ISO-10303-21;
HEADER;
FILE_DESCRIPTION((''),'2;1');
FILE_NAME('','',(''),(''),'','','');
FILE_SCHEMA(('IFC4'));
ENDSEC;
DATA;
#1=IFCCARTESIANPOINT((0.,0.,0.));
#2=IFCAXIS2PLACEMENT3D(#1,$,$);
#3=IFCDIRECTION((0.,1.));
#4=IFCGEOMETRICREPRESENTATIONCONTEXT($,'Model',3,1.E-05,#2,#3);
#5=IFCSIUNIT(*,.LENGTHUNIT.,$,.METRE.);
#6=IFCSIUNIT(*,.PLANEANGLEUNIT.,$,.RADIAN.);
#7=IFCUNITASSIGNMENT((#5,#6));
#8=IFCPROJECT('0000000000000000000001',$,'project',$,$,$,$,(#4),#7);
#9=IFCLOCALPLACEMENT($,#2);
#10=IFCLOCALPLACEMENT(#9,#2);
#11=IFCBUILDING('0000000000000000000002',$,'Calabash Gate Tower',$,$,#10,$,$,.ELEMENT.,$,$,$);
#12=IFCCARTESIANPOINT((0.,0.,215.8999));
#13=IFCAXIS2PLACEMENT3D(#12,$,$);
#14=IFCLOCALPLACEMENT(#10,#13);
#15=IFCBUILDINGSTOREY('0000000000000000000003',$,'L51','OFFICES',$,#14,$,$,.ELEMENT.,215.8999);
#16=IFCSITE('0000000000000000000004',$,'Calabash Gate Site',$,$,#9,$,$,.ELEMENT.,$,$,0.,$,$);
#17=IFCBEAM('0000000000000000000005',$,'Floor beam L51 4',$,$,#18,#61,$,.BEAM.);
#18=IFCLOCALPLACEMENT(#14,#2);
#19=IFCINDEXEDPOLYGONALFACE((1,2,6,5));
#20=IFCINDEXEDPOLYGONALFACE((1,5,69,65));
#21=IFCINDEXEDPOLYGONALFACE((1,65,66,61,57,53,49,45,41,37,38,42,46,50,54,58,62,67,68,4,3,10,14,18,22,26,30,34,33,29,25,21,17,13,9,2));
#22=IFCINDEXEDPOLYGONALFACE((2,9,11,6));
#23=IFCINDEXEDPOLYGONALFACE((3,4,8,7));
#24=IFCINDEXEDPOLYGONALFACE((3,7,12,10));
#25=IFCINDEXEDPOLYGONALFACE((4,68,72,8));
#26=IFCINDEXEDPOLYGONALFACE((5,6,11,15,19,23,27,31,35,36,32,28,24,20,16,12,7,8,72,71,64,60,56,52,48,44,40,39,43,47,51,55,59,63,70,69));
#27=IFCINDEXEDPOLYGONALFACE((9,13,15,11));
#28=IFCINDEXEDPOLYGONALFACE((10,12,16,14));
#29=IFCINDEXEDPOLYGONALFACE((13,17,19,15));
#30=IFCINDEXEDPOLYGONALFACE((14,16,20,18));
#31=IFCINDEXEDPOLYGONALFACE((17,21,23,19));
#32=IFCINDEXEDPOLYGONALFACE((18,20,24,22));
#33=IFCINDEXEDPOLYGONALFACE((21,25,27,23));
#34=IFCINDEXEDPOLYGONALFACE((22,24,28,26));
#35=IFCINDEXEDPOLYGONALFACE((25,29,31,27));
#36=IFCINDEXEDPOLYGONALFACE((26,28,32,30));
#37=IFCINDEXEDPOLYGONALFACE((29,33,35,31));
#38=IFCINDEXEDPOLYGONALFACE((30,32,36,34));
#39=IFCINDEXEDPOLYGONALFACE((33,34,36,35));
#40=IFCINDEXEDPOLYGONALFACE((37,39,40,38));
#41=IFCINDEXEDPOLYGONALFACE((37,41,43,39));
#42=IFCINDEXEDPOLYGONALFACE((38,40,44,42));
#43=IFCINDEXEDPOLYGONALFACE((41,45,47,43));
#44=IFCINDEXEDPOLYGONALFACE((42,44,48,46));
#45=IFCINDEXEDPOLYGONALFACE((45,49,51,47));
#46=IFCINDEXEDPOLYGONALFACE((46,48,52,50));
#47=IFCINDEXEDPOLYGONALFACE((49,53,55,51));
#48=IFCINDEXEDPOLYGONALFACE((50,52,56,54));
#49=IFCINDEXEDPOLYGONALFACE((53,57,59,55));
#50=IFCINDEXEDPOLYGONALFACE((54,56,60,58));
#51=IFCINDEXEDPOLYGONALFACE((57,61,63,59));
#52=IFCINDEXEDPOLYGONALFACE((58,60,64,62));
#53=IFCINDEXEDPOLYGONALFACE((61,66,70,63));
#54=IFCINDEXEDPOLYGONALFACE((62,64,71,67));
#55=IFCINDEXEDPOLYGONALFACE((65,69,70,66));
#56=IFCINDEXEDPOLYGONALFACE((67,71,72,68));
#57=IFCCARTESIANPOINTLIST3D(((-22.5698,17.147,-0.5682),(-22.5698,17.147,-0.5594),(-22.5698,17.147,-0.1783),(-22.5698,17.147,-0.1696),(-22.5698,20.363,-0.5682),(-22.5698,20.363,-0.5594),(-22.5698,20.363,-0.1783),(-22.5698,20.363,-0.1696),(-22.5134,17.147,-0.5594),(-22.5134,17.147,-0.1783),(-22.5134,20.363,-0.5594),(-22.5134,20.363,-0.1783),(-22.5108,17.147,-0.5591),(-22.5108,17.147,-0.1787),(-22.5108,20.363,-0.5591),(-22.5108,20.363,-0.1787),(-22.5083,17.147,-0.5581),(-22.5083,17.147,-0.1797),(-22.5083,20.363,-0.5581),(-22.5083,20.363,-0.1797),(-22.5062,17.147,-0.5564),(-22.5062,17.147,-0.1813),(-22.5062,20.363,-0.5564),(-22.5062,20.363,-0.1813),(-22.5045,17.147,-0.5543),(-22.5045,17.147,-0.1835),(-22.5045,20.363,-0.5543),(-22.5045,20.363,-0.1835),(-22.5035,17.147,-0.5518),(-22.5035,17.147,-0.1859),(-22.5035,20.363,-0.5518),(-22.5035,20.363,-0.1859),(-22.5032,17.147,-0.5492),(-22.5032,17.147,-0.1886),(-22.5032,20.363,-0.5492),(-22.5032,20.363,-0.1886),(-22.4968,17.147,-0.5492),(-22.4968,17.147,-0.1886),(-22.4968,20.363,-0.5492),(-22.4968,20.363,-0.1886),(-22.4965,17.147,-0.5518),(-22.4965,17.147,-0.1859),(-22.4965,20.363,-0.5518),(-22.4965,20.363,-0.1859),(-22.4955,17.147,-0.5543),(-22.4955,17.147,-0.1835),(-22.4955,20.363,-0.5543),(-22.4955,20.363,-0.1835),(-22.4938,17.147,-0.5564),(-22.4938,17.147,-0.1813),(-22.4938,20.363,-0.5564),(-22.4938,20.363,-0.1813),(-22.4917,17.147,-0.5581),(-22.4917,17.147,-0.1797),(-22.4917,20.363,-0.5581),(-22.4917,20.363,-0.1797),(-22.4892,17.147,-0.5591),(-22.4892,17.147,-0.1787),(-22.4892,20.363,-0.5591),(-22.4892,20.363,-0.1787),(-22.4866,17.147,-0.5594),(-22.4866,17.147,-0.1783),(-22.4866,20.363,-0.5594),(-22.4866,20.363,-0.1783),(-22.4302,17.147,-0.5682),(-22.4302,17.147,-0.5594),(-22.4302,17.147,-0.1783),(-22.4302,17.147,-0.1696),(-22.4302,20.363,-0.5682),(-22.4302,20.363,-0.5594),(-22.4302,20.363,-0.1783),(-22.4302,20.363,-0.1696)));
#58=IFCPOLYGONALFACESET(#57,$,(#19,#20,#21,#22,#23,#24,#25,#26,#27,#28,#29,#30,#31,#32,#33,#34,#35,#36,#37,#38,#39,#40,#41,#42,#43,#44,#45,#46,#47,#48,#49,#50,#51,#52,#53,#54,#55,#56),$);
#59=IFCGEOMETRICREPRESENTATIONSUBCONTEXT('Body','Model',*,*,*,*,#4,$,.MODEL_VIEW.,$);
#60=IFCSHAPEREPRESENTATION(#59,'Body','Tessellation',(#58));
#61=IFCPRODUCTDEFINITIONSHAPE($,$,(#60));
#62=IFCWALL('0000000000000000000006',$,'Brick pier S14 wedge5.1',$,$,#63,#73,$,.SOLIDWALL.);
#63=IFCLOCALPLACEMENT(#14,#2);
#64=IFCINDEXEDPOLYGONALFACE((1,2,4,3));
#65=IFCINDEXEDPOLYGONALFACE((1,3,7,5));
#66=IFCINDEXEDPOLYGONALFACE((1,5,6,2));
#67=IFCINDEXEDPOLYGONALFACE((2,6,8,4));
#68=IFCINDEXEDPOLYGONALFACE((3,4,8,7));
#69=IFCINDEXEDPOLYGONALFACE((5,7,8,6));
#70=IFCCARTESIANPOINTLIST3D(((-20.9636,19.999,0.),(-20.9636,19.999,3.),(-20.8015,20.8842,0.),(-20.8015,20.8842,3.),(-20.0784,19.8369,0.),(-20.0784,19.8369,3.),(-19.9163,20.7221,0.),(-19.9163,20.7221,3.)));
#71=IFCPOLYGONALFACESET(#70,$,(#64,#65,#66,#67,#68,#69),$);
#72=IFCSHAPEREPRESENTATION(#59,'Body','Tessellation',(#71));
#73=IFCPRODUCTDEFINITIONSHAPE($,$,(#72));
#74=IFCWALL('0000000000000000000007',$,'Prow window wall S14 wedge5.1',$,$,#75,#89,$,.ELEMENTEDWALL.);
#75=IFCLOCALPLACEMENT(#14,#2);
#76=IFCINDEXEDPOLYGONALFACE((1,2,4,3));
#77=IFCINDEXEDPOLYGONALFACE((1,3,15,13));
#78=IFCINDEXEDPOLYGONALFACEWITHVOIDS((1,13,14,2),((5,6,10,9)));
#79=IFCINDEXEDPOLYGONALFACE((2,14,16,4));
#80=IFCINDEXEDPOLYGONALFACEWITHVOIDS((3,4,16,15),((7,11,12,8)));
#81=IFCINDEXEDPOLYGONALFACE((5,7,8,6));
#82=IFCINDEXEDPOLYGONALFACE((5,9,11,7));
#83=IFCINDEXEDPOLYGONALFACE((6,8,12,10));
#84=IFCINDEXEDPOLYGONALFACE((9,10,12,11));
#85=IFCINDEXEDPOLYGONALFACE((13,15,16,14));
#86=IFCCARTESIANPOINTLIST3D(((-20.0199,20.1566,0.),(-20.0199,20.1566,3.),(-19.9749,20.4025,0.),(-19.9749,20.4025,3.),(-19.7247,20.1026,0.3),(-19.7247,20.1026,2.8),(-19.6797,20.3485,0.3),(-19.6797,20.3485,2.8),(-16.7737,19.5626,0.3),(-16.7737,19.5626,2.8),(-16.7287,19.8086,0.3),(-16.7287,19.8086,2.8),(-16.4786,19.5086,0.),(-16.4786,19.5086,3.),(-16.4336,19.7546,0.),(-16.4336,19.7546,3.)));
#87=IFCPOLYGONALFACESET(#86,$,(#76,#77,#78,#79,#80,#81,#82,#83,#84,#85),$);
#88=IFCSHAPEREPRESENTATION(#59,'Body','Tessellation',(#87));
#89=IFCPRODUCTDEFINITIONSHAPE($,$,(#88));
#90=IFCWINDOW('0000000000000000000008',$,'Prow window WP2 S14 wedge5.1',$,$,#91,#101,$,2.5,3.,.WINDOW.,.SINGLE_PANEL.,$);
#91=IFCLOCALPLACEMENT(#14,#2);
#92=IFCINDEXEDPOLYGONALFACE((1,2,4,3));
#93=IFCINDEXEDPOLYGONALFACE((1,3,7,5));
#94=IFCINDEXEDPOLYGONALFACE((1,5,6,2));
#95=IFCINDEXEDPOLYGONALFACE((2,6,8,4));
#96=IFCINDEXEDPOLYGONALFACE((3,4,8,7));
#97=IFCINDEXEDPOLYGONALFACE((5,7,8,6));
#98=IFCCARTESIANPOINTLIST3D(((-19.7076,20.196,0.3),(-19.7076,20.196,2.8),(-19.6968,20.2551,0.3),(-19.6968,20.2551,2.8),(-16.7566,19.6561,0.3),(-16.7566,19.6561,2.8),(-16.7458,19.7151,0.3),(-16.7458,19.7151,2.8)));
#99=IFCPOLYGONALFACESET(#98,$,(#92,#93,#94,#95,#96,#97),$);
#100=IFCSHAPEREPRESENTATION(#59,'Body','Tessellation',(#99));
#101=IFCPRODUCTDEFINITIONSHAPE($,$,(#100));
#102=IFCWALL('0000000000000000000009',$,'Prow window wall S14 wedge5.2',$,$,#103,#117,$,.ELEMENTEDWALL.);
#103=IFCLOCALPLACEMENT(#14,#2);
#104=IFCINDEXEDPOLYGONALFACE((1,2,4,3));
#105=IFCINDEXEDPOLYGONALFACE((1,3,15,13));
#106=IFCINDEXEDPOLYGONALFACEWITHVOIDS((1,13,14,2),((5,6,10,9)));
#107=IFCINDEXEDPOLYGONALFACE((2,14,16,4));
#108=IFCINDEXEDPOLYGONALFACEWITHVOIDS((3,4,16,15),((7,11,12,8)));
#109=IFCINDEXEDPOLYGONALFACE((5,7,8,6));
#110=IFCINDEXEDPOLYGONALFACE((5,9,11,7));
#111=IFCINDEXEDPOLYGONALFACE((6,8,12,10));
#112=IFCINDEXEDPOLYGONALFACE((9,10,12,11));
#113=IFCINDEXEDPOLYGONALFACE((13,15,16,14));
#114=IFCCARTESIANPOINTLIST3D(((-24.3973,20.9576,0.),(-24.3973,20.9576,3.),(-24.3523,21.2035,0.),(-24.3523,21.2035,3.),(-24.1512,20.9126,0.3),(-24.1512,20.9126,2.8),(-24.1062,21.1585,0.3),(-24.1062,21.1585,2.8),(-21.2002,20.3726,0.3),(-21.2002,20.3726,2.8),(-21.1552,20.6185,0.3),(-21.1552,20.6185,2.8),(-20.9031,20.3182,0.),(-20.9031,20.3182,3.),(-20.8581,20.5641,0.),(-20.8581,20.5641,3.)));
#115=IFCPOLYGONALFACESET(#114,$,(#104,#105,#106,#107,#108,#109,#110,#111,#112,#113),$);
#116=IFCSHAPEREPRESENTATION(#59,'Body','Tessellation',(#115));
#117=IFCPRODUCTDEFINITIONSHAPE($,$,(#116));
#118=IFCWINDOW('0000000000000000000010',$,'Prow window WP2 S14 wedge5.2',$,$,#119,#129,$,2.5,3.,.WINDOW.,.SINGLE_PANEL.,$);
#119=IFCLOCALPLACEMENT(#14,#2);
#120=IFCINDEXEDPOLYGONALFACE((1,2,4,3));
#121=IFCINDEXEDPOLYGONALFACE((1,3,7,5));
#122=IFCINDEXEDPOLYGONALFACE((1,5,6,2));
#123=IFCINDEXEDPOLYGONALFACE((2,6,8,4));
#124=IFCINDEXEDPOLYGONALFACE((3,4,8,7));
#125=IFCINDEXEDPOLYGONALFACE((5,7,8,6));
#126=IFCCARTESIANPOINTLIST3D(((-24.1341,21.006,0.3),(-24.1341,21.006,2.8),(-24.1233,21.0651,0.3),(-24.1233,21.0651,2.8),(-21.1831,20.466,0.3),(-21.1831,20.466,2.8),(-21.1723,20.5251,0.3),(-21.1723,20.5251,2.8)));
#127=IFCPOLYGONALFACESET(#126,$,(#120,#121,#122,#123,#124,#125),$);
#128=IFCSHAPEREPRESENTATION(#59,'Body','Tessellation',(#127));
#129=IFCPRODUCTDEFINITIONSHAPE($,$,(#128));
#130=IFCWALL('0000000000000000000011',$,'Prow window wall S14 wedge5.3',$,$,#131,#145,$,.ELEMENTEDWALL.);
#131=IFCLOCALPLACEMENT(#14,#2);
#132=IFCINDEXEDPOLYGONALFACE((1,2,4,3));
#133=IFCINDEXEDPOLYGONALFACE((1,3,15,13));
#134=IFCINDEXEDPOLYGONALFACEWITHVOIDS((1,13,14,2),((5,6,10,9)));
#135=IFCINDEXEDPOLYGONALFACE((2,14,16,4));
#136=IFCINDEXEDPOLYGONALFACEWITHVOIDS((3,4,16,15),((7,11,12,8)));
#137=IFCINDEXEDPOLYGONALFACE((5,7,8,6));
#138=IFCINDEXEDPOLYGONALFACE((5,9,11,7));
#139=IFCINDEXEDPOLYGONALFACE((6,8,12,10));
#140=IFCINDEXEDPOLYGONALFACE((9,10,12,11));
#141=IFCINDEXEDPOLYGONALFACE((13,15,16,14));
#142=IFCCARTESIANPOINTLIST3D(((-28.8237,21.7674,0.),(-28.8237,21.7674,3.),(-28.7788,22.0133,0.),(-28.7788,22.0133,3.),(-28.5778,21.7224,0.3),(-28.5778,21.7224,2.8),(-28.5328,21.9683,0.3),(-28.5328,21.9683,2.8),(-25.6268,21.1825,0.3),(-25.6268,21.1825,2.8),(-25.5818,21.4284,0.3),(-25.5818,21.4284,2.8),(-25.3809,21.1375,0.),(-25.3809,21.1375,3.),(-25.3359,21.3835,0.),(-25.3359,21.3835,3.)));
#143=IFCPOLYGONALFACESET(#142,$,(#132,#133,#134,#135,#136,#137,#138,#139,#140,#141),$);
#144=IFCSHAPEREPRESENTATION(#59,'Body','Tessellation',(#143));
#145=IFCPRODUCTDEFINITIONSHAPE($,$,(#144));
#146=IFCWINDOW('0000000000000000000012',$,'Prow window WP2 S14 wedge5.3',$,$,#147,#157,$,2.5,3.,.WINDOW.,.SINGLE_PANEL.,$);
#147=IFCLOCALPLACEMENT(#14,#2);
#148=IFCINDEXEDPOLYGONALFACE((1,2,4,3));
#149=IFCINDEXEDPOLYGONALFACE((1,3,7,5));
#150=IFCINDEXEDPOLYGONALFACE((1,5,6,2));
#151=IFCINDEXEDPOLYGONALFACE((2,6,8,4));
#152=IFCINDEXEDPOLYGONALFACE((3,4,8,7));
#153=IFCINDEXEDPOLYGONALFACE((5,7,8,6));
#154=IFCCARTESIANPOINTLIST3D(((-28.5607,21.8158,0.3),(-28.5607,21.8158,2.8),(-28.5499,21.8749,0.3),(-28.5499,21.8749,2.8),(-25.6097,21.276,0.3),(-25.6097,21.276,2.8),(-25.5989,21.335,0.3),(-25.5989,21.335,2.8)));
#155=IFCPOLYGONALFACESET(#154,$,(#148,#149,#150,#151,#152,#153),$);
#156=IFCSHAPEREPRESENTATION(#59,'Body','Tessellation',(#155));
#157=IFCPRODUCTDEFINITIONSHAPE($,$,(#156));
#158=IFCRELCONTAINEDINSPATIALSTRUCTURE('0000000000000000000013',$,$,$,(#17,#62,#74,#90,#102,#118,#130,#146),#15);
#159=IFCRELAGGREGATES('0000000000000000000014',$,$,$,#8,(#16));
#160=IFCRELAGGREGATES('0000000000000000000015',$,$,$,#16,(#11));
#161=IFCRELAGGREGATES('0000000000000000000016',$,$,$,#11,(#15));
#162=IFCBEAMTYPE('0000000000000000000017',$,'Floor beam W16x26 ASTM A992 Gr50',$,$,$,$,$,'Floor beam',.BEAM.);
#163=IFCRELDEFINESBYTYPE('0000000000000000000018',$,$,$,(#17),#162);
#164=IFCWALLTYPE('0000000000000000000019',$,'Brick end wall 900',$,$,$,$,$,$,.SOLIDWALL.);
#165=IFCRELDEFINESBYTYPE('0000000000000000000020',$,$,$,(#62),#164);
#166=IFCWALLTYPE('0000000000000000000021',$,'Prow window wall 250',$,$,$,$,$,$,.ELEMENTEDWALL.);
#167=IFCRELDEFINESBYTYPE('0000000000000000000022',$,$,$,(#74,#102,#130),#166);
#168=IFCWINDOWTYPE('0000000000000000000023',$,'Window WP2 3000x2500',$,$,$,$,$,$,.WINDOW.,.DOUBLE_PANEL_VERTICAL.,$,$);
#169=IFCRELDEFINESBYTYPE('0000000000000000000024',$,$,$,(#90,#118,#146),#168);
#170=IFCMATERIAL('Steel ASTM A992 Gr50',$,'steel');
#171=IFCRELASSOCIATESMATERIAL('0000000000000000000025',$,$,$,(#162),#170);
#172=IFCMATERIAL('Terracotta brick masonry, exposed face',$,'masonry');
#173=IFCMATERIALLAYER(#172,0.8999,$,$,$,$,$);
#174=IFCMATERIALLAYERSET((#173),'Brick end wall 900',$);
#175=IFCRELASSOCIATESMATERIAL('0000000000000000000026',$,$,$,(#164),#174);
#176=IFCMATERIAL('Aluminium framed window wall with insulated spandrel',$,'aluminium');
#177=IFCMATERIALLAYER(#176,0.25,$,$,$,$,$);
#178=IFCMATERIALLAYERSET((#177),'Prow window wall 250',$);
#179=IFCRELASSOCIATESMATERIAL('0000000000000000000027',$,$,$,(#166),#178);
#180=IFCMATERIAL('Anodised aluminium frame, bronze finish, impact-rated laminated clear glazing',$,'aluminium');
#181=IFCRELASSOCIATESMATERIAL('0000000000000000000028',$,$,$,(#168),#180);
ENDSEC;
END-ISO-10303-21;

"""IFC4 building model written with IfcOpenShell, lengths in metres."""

from ifc_helpers import new_model, si_unit, direction, frame, frame_2d, origin, origin_2d, place, context, subcontext, project, spatial, rectangle, i_section, extrude, material, layer, layer_set, material_profile, profile_set, type_object, element, fill, save


model = new_model("IFC4")

# Units and contexts
model_context = context("Model", 3, precision=1e-05, world=origin(), true_north=direction((0.0, 1.0)))
body_context = subcontext(model_context, "Body", "Model", "MODEL_VIEW")
ifc_project = project(units=[si_unit("LENGTHUNIT", "METRE"), si_unit("PLANEANGLEUNIT", "RADIAN")], contexts=[model_context])

# Site, building, storey
site_placement = place(None, origin())
site = spatial("IfcSite", under=ifc_project, at=site_placement, Name="Calabash Gate Site", CompositionType="ELEMENT", RefElevation=0.0)
building_placement = place(site_placement, origin())
building = spatial("IfcBuilding", under=site, at=building_placement, Name="Calabash Gate Tower", CompositionType="ELEMENT")
storey_placement = place(building_placement, frame((0.0, 0.0, 215.8999)))
storey = spatial("IfcBuildingStorey", under=building, at=storey_placement, Name="L51", Description="OFFICES", CompositionType="ELEMENT", Elevation=215.8999)

# Beam
ifc_material_1 = material(Name="Steel ASTM A992 Gr50", Category="steel")
ifc_material_profile_1 = material_profile(ifc_material_1, i_section(OverallWidth=0.1396, OverallDepth=0.3987, WebThickness=0.0063, FlangeThickness=0.0088, FilletRadius=0.0103, at=origin_2d()))
ifc_profile_set_1 = profile_set([ifc_material_profile_1], Name="Steel ASTM A992 Gr50")
beam_type_1 = type_object("IfcBeamType", Name="Floor beam W16x26 ASTM A992 Gr50", ElementType="Floor beam", PredefinedType="BEAM", material=ifc_profile_set_1)
beam_1_placement = place(storey_placement, frame((-22.5, 17.147, -0.3689), z_axis=(0.0, 1.0, 0.0), x_axis=(-1.0, 0.0, 0.0)))
element("IfcBeam", 1, at=beam_1_placement, inside=storey, type_object=beam_type_1, Name="Floor beam L51 4", PredefinedType="BEAM", context=body_context, shape_type="SweptSolid", body=[
    extrude(i_section(OverallWidth=0.1396, OverallDepth=0.3987, WebThickness=0.0063, FlangeThickness=0.0088, FilletRadius=0.0103, at=origin_2d()), origin(), (0.0, 0.0, 1.0), 3.2161),
])

# Wall
ifc_material_2 = material(Name="Terracotta brick masonry, exposed face", Category="masonry")
ifc_layer_1 = layer(ifc_material_2, 0.8999)
ifc_layer_set_1 = layer_set([ifc_layer_1], Name="Brick end wall 900")
wall_type_1 = type_object("IfcWallType", Name="Brick end wall 900", PredefinedType="SOLIDWALL", material=ifc_layer_set_1)
wall_1_placement = place(storey_placement, frame((-20.521, 19.918, 0.0), z_axis=(0.0, 0.0, 1.0), x_axis=(0.180127, 0.983643, 0.0)))
element("IfcWall", 2, at=wall_1_placement, inside=storey, type_object=wall_type_1, Name="Brick pier S14 wedge5.1", PredefinedType="SOLIDWALL", context=body_context, shape_type="SweptSolid", body=[
    extrude(rectangle(XDim=0.8999, YDim=0.8999, at=frame_2d((0.45, 0.0))), origin(), (0.0, 0.0, 1.0), 3.0),
])

# Walls, openings, windows
ifc_material_3 = material(Name="Aluminium framed window wall with insulated spandrel", Category="aluminium")
ifc_layer_2 = layer(ifc_material_3, 0.25)
ifc_layer_set_2 = layer_set([ifc_layer_2], Name="Prow window wall 250")
wall_type_2 = type_object("IfcWallType", Name="Prow window wall 250", PredefinedType="ELEMENTEDWALL", material=ifc_layer_set_2)
wall_2_placement = place(storey_placement, frame((-16.4561, 19.6316, 0.0), z_axis=(0.0, 0.0, 1.0), x_axis=(-0.98367, 0.179983, 0.0)))
wall_2 = element("IfcWall", 3, at=wall_2_placement, inside=storey, type_object=wall_type_2, Name="Prow window wall S14 wedge5.1", PredefinedType="ELEMENTEDWALL", context=body_context, shape_type="SweptSolid", body=[
    extrude(rectangle(XDim=3.6001, YDim=0.25, at=frame_2d((1.8, 0.0))), origin(), (0.0, 0.0, 1.0), 3.0),
])
opening_1_placement = place(wall_2_placement, frame((0.3, 0.0, 0.3)))
opening_1 = element("IfcOpeningElement", 4, at=opening_1_placement, cuts=wall_2, PredefinedType="OPENING", context=body_context, shape_type="SweptSolid", body=[
    extrude(rectangle(XDim=3.0, YDim=2.5, at=frame_2d((1.5, 1.25))), frame((0.0, 0.135, 0.0), z_axis=(0.0, -1.0, 0.0), x_axis=(1.0, 0.0, 0.0)), (0.0, 0.0, 1.0), 0.27),
])
ifc_material_4 = material(Name="Anodised aluminium frame, bronze finish, impact-rated laminated clear glazing", Category="aluminium")
window_type = type_object("IfcWindowType", Name="Window WP2 3000x2500", PartitioningType="DOUBLE_PANEL_VERTICAL", PredefinedType="WINDOW", material=ifc_material_4)
window_1_placement = place(opening_1_placement, origin())
window_1 = element("IfcWindow", 5, at=window_1_placement, inside=storey, type_object=window_type, Name="Prow window WP2 S14 wedge5.1", OverallHeight=2.5, OverallWidth=3.0, PartitioningType="SINGLE_PANEL", PredefinedType="WINDOW", context=body_context, shape_type="SweptSolid", body=[
    extrude(rectangle(XDim=3.0, YDim=2.5, at=frame_2d((1.5, 1.25))), frame((0.0, 0.03, 0.0), z_axis=(0.0, -1.0, 0.0), x_axis=(1.0, 0.0, 0.0)), (0.0, 0.0, 1.0), 0.0601),
])
fill(opening_1, window_1)
wall_3_placement = place(storey_placement, frame((-20.8806, 20.4412, 0.0), z_axis=(0.0, 0.0, 1.0), x_axis=(-0.983666, 0.180004, 0.0)))
wall_3 = element("IfcWall", 6, at=wall_3_placement, inside=storey, type_object=wall_type_2, Name="Prow window wall S14 wedge5.2", PredefinedType="ELEMENTEDWALL", context=body_context, shape_type="SweptSolid", body=[
    extrude(rectangle(XDim=3.5522, YDim=0.25, at=frame_2d((1.7761, 0.0))), origin(), (0.0, 0.0, 1.0), 3.0),
])
opening_2_placement = place(wall_3_placement, frame((0.302, 0.0, 0.3)))
opening_2 = element("IfcOpeningElement", 7, at=opening_2_placement, cuts=wall_3, PredefinedType="OPENING", context=body_context, shape_type="SweptSolid", body=[
    extrude(rectangle(XDim=3.0, YDim=2.5, at=frame_2d((1.5, 1.25))), frame((0.0, 0.135, 0.0), z_axis=(0.0, -1.0, 0.0), x_axis=(1.0, 0.0, 0.0)), (0.0, 0.0, 1.0), 0.27),
])
window_2_placement = place(opening_2_placement, origin())
window_2 = element("IfcWindow", 8, at=window_2_placement, inside=storey, type_object=window_type, Name="Prow window WP2 S14 wedge5.2", OverallHeight=2.5, OverallWidth=3.0, PartitioningType="SINGLE_PANEL", PredefinedType="WINDOW", context=body_context, shape_type="SweptSolid", body=[
    extrude(rectangle(XDim=3.0, YDim=2.5, at=frame_2d((1.5, 1.25))), frame((0.0, 0.03, 0.0), z_axis=(0.0, -1.0, 0.0), x_axis=(1.0, 0.0, 0.0)), (0.0, 0.0, 1.0), 0.0601),
])
fill(opening_2, window_2)
wall_4_placement = place(storey_placement, frame((-25.3584, 21.2605, 0.0), z_axis=(0.0, 0.0, 1.0), x_axis=(-0.983673, 0.179966, 0.0)))
wall_4 = element("IfcWall", 9, at=wall_4_placement, inside=storey, type_object=wall_type_2, Name="Prow window wall S14 wedge5.3", PredefinedType="ELEMENTEDWALL", context=body_context, shape_type="SweptSolid", body=[
    extrude(rectangle(XDim=3.5, YDim=0.25, at=frame_2d((1.75, 0.0))), origin(), (0.0, 0.0, 1.0), 3.0),
])
opening_3_placement = place(wall_4_placement, frame((0.25, 0.0, 0.3)))
opening_3 = element("IfcOpeningElement", 10, at=opening_3_placement, cuts=wall_4, PredefinedType="OPENING", context=body_context, shape_type="SweptSolid", body=[
    extrude(rectangle(XDim=3.0, YDim=2.5, at=frame_2d((1.5, 1.25))), frame((0.0, 0.135, 0.0), z_axis=(0.0, -1.0, 0.0), x_axis=(1.0, 0.0, 0.0)), (0.0, 0.0, 1.0), 0.27),
])
window_3_placement = place(opening_3_placement, origin())
window_3 = element("IfcWindow", 11, at=window_3_placement, inside=storey, type_object=window_type, Name="Prow window WP2 S14 wedge5.3", OverallHeight=2.5, OverallWidth=3.0, PartitioningType="SINGLE_PANEL", PredefinedType="WINDOW", context=body_context, shape_type="SweptSolid", body=[
    extrude(rectangle(XDim=3.0, YDim=2.5, at=frame_2d((1.5, 1.25))), frame((0.0, 0.03, 0.0), z_axis=(0.0, -1.0, 0.0), x_axis=(1.0, 0.0, 0.0)), (0.0, 0.0, 1.0), 0.0601),
])
fill(opening_3, window_3)

save(model, "model.ifc")
